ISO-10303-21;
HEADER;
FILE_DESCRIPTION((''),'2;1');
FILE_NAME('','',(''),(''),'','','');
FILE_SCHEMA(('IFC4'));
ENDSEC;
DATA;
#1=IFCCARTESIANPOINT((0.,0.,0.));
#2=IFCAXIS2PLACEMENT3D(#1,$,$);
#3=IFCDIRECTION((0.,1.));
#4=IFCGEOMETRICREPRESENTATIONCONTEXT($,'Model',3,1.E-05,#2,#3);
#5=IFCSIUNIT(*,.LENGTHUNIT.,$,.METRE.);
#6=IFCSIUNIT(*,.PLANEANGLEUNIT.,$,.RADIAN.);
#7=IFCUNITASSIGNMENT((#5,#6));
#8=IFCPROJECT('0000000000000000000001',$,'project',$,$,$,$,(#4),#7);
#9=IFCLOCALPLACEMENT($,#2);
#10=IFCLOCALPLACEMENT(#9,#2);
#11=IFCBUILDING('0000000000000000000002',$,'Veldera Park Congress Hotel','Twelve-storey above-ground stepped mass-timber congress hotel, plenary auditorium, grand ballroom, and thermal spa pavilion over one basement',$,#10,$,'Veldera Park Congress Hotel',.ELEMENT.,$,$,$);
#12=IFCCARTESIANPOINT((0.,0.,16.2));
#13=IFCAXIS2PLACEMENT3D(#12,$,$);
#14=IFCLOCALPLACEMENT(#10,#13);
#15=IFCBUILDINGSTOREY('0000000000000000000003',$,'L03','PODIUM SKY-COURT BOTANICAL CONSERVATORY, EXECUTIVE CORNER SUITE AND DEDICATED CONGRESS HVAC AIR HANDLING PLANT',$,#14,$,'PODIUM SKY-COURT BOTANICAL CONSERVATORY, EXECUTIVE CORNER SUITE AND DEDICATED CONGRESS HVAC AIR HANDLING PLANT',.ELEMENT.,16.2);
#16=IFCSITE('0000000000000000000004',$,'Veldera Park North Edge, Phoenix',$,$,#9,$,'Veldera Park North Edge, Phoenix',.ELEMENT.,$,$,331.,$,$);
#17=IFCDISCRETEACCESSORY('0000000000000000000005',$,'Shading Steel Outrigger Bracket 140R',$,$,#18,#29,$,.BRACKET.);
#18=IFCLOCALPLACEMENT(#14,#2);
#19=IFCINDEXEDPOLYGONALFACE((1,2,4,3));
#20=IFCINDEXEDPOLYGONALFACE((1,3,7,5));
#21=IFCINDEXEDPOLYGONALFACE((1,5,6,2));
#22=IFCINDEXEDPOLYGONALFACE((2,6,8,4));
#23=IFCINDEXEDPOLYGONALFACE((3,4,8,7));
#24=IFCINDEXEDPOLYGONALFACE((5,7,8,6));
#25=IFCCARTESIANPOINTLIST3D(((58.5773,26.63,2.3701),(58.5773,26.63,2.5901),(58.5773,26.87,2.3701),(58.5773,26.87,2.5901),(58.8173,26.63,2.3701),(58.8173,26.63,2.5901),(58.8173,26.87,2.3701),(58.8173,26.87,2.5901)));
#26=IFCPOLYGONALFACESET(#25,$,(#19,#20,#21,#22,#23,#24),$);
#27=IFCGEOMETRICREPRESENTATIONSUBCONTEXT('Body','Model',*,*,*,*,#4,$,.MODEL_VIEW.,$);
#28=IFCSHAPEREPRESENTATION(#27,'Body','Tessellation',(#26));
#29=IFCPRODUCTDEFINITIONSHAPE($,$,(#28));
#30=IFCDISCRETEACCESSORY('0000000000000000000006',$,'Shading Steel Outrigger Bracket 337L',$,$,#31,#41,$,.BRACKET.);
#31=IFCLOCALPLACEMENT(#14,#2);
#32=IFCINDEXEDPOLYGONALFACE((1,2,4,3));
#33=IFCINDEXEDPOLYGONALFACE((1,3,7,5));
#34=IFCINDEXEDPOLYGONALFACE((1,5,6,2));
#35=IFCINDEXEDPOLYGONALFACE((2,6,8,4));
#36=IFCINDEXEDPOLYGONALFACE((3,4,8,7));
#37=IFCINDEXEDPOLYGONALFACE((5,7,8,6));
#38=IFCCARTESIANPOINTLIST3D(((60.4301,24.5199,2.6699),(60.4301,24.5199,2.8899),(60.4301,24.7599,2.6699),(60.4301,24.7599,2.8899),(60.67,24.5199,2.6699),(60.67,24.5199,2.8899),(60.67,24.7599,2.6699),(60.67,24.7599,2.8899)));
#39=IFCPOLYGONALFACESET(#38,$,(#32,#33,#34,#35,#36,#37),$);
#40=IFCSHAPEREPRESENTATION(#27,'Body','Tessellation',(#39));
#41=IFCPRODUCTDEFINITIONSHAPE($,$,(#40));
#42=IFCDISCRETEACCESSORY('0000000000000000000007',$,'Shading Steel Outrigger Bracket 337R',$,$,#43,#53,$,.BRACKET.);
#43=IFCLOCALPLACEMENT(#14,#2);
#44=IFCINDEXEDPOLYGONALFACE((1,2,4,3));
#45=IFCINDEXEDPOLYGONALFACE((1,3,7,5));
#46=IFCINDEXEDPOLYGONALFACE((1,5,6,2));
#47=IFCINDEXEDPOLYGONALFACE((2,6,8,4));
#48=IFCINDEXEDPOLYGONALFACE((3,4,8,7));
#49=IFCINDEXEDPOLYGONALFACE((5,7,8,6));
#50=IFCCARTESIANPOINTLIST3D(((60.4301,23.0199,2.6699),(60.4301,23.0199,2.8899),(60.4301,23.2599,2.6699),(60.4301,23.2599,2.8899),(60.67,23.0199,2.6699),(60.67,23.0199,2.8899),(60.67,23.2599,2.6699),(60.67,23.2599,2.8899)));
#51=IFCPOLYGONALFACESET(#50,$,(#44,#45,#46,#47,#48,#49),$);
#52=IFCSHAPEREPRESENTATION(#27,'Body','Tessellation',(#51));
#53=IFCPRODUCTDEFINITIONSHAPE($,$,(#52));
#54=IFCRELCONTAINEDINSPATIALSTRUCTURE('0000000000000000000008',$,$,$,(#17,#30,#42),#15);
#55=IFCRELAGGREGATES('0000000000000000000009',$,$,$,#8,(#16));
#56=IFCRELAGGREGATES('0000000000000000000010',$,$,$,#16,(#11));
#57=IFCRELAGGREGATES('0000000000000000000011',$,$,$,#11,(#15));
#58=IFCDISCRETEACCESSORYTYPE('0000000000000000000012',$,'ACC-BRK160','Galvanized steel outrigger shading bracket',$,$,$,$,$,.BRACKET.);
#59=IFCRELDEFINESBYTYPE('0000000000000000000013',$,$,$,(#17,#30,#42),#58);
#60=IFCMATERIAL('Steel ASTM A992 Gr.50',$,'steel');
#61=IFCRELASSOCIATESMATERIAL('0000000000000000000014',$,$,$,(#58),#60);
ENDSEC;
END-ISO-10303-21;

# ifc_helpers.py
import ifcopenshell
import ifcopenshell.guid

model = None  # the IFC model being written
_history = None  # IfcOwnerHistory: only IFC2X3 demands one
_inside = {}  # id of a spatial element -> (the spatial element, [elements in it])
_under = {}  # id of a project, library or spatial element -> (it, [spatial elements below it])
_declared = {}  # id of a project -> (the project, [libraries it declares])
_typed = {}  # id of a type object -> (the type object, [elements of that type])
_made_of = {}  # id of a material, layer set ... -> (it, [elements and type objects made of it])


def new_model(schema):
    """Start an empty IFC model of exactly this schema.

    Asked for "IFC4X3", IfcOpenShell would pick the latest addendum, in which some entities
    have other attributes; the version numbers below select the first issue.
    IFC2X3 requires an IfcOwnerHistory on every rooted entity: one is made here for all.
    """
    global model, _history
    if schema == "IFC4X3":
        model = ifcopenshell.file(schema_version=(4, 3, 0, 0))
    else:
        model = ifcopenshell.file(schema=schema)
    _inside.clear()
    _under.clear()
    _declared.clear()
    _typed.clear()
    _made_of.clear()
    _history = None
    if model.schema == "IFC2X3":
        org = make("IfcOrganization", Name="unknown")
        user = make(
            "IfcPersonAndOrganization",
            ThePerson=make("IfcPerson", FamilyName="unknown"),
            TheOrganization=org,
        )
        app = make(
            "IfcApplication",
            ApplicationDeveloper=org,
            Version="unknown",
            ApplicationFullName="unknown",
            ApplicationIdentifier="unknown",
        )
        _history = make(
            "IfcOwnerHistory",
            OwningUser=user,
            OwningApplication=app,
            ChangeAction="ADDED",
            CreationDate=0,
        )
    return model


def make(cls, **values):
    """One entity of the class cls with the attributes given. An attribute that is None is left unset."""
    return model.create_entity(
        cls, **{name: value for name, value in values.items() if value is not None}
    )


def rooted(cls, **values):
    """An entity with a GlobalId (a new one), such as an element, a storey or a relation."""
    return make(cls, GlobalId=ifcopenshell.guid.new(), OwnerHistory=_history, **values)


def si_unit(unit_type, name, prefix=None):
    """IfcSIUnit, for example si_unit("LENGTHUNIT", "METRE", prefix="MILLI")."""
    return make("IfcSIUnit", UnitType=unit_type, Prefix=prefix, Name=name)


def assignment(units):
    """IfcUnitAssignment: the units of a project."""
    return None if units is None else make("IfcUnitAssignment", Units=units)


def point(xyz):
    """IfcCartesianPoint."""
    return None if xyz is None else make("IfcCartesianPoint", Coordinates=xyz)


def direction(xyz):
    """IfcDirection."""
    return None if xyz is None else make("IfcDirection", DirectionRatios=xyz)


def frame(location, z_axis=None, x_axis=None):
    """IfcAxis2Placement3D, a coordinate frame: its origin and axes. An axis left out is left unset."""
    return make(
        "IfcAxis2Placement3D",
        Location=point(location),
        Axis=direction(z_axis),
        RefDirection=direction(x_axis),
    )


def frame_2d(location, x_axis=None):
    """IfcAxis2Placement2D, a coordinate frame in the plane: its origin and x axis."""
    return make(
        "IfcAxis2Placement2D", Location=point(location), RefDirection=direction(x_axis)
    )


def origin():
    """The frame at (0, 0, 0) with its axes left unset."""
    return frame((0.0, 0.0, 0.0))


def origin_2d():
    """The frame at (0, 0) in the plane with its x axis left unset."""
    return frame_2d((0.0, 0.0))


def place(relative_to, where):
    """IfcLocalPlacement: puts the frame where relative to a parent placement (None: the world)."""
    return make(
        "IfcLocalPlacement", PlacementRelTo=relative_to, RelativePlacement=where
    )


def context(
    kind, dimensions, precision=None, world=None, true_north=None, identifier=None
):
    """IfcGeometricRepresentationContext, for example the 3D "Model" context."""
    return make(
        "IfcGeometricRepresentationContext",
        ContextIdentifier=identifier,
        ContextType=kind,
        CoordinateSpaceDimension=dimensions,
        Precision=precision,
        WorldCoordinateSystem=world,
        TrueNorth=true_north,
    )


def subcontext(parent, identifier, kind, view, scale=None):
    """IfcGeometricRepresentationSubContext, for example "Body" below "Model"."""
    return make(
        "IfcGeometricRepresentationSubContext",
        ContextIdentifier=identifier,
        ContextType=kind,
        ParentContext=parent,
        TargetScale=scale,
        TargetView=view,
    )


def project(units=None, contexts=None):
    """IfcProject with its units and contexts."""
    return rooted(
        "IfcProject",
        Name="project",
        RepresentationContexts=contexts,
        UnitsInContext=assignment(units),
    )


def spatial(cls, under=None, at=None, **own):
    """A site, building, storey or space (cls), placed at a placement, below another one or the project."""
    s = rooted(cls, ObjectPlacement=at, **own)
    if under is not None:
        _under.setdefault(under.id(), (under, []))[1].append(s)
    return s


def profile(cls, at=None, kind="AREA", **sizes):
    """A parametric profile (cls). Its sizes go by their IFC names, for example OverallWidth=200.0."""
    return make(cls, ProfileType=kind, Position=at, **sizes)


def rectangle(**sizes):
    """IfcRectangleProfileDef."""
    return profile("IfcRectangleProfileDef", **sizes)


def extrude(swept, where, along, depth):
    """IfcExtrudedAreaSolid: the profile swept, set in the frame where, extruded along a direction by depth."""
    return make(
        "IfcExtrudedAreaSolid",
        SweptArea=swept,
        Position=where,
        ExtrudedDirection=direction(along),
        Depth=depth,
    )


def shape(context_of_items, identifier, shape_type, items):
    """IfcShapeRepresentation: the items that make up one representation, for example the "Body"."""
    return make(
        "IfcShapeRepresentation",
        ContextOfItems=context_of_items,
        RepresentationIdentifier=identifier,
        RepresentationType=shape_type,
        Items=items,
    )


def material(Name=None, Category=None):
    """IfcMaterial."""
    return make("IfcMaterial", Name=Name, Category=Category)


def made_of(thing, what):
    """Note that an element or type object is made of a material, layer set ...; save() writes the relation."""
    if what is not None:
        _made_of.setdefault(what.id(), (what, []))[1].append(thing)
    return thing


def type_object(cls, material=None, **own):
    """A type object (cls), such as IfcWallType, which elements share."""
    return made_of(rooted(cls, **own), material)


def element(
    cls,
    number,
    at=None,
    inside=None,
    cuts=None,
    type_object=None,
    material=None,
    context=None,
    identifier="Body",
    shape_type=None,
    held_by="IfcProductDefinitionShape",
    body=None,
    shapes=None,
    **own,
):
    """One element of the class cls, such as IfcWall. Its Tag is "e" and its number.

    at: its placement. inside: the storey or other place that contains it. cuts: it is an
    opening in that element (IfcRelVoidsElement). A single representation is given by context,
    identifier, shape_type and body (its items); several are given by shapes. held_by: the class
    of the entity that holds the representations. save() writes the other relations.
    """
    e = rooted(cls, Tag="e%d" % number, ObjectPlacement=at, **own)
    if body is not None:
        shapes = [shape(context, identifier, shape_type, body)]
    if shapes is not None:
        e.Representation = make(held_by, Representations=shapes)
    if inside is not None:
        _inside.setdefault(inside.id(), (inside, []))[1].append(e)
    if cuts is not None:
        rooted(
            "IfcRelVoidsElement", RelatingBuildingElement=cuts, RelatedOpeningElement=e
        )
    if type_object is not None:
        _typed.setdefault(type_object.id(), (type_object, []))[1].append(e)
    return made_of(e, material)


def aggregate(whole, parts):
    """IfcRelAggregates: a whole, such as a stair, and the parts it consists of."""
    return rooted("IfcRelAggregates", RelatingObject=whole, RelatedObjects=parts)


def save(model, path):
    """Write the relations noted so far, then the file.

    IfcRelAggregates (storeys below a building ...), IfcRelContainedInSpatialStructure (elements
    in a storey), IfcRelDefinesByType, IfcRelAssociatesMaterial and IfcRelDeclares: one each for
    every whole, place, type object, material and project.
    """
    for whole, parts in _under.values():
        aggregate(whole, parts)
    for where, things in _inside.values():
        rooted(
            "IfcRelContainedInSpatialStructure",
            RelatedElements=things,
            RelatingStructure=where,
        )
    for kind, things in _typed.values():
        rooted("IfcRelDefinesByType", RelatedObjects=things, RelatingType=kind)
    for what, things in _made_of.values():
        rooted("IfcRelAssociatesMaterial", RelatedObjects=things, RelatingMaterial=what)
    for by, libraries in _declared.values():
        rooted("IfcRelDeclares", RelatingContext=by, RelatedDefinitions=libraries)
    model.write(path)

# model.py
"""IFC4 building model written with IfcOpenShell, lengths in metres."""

from ifc_helpers import new_model, si_unit, direction, frame, origin, origin_2d, place, context, subcontext, project, spatial, rectangle, extrude, material, type_object, element, save


model = new_model("IFC4")

# Units and contexts
model_context = context("Model", 3, precision=1e-05, world=origin(), true_north=direction((0.0, 1.0)))
body_context = subcontext(model_context, "Body", "Model", "MODEL_VIEW")
ifc_project = project(units=[si_unit("LENGTHUNIT", "METRE"), si_unit("PLANEANGLEUNIT", "RADIAN")], contexts=[model_context])

# Site, building, storey
site_placement = place(None, origin())
site = spatial("IfcSite", under=ifc_project, at=site_placement, Name="Veldera Park North Edge, Phoenix", LongName="Veldera Park North Edge, Phoenix", CompositionType="ELEMENT", RefElevation=331.0)
building_placement = place(site_placement, origin())
building = spatial("IfcBuilding", under=site, at=building_placement, Name="Veldera Park Congress Hotel", Description="Twelve-storey above-ground stepped mass-timber congress hotel, plenary auditorium, grand ballroom, and thermal spa pavilion over one basement", LongName="Veldera Park Congress Hotel", CompositionType="ELEMENT")
storey_placement = place(building_placement, frame((0.0, 0.0, 16.2)))
storey = spatial("IfcBuildingStorey", under=building, at=storey_placement, Name="L03", Description="PODIUM SKY-COURT BOTANICAL CONSERVATORY, EXECUTIVE CORNER SUITE AND DEDICATED CONGRESS HVAC AIR HANDLING PLANT", LongName="PODIUM SKY-COURT BOTANICAL CONSERVATORY, EXECUTIVE CORNER SUITE AND DEDICATED CONGRESS HVAC AIR HANDLING PLANT", CompositionType="ELEMENT", Elevation=16.2)

# Discrete accessories
ifc_material_1 = material(Name="Steel ASTM A992 Gr.50", Category="steel")
discrete_accessory_type = type_object("IfcDiscreteAccessoryType", Name="ACC-BRK160", Description="Galvanized steel outrigger shading bracket", PredefinedType="BRACKET", material=ifc_material_1)
for number, where, z_axis, x_axis, name in (
    (1, (58.6973, 26.75, 2.3701), (0.0, 0.0, 1.0), (1.0, 0.0, 0.0), "Shading Steel Outrigger Bracket 140R"),
    (2, (60.55, 24.6399, 2.6699), (0.0, 0.0, 1.0), (0.0, -1.0, 0.0), "Shading Steel Outrigger Bracket 337L"),
    (3, (60.55, 23.1399, 2.6699), (0.0, 0.0, 1.0), (0.0, -1.0, 0.0), "Shading Steel Outrigger Bracket 337R"),
):
    element("IfcDiscreteAccessory", number, at=place(storey_placement, frame(where, z_axis=z_axis, x_axis=x_axis)), inside=storey, type_object=discrete_accessory_type, Name=name, PredefinedType="BRACKET", context=body_context, shape_type="SweptSolid", body=[
        extrude(rectangle(XDim=0.24, YDim=0.24, at=origin_2d()), origin(), (0.0, 0.0, 1.0), 0.22),
    ])

save(model, "model.ifc")
